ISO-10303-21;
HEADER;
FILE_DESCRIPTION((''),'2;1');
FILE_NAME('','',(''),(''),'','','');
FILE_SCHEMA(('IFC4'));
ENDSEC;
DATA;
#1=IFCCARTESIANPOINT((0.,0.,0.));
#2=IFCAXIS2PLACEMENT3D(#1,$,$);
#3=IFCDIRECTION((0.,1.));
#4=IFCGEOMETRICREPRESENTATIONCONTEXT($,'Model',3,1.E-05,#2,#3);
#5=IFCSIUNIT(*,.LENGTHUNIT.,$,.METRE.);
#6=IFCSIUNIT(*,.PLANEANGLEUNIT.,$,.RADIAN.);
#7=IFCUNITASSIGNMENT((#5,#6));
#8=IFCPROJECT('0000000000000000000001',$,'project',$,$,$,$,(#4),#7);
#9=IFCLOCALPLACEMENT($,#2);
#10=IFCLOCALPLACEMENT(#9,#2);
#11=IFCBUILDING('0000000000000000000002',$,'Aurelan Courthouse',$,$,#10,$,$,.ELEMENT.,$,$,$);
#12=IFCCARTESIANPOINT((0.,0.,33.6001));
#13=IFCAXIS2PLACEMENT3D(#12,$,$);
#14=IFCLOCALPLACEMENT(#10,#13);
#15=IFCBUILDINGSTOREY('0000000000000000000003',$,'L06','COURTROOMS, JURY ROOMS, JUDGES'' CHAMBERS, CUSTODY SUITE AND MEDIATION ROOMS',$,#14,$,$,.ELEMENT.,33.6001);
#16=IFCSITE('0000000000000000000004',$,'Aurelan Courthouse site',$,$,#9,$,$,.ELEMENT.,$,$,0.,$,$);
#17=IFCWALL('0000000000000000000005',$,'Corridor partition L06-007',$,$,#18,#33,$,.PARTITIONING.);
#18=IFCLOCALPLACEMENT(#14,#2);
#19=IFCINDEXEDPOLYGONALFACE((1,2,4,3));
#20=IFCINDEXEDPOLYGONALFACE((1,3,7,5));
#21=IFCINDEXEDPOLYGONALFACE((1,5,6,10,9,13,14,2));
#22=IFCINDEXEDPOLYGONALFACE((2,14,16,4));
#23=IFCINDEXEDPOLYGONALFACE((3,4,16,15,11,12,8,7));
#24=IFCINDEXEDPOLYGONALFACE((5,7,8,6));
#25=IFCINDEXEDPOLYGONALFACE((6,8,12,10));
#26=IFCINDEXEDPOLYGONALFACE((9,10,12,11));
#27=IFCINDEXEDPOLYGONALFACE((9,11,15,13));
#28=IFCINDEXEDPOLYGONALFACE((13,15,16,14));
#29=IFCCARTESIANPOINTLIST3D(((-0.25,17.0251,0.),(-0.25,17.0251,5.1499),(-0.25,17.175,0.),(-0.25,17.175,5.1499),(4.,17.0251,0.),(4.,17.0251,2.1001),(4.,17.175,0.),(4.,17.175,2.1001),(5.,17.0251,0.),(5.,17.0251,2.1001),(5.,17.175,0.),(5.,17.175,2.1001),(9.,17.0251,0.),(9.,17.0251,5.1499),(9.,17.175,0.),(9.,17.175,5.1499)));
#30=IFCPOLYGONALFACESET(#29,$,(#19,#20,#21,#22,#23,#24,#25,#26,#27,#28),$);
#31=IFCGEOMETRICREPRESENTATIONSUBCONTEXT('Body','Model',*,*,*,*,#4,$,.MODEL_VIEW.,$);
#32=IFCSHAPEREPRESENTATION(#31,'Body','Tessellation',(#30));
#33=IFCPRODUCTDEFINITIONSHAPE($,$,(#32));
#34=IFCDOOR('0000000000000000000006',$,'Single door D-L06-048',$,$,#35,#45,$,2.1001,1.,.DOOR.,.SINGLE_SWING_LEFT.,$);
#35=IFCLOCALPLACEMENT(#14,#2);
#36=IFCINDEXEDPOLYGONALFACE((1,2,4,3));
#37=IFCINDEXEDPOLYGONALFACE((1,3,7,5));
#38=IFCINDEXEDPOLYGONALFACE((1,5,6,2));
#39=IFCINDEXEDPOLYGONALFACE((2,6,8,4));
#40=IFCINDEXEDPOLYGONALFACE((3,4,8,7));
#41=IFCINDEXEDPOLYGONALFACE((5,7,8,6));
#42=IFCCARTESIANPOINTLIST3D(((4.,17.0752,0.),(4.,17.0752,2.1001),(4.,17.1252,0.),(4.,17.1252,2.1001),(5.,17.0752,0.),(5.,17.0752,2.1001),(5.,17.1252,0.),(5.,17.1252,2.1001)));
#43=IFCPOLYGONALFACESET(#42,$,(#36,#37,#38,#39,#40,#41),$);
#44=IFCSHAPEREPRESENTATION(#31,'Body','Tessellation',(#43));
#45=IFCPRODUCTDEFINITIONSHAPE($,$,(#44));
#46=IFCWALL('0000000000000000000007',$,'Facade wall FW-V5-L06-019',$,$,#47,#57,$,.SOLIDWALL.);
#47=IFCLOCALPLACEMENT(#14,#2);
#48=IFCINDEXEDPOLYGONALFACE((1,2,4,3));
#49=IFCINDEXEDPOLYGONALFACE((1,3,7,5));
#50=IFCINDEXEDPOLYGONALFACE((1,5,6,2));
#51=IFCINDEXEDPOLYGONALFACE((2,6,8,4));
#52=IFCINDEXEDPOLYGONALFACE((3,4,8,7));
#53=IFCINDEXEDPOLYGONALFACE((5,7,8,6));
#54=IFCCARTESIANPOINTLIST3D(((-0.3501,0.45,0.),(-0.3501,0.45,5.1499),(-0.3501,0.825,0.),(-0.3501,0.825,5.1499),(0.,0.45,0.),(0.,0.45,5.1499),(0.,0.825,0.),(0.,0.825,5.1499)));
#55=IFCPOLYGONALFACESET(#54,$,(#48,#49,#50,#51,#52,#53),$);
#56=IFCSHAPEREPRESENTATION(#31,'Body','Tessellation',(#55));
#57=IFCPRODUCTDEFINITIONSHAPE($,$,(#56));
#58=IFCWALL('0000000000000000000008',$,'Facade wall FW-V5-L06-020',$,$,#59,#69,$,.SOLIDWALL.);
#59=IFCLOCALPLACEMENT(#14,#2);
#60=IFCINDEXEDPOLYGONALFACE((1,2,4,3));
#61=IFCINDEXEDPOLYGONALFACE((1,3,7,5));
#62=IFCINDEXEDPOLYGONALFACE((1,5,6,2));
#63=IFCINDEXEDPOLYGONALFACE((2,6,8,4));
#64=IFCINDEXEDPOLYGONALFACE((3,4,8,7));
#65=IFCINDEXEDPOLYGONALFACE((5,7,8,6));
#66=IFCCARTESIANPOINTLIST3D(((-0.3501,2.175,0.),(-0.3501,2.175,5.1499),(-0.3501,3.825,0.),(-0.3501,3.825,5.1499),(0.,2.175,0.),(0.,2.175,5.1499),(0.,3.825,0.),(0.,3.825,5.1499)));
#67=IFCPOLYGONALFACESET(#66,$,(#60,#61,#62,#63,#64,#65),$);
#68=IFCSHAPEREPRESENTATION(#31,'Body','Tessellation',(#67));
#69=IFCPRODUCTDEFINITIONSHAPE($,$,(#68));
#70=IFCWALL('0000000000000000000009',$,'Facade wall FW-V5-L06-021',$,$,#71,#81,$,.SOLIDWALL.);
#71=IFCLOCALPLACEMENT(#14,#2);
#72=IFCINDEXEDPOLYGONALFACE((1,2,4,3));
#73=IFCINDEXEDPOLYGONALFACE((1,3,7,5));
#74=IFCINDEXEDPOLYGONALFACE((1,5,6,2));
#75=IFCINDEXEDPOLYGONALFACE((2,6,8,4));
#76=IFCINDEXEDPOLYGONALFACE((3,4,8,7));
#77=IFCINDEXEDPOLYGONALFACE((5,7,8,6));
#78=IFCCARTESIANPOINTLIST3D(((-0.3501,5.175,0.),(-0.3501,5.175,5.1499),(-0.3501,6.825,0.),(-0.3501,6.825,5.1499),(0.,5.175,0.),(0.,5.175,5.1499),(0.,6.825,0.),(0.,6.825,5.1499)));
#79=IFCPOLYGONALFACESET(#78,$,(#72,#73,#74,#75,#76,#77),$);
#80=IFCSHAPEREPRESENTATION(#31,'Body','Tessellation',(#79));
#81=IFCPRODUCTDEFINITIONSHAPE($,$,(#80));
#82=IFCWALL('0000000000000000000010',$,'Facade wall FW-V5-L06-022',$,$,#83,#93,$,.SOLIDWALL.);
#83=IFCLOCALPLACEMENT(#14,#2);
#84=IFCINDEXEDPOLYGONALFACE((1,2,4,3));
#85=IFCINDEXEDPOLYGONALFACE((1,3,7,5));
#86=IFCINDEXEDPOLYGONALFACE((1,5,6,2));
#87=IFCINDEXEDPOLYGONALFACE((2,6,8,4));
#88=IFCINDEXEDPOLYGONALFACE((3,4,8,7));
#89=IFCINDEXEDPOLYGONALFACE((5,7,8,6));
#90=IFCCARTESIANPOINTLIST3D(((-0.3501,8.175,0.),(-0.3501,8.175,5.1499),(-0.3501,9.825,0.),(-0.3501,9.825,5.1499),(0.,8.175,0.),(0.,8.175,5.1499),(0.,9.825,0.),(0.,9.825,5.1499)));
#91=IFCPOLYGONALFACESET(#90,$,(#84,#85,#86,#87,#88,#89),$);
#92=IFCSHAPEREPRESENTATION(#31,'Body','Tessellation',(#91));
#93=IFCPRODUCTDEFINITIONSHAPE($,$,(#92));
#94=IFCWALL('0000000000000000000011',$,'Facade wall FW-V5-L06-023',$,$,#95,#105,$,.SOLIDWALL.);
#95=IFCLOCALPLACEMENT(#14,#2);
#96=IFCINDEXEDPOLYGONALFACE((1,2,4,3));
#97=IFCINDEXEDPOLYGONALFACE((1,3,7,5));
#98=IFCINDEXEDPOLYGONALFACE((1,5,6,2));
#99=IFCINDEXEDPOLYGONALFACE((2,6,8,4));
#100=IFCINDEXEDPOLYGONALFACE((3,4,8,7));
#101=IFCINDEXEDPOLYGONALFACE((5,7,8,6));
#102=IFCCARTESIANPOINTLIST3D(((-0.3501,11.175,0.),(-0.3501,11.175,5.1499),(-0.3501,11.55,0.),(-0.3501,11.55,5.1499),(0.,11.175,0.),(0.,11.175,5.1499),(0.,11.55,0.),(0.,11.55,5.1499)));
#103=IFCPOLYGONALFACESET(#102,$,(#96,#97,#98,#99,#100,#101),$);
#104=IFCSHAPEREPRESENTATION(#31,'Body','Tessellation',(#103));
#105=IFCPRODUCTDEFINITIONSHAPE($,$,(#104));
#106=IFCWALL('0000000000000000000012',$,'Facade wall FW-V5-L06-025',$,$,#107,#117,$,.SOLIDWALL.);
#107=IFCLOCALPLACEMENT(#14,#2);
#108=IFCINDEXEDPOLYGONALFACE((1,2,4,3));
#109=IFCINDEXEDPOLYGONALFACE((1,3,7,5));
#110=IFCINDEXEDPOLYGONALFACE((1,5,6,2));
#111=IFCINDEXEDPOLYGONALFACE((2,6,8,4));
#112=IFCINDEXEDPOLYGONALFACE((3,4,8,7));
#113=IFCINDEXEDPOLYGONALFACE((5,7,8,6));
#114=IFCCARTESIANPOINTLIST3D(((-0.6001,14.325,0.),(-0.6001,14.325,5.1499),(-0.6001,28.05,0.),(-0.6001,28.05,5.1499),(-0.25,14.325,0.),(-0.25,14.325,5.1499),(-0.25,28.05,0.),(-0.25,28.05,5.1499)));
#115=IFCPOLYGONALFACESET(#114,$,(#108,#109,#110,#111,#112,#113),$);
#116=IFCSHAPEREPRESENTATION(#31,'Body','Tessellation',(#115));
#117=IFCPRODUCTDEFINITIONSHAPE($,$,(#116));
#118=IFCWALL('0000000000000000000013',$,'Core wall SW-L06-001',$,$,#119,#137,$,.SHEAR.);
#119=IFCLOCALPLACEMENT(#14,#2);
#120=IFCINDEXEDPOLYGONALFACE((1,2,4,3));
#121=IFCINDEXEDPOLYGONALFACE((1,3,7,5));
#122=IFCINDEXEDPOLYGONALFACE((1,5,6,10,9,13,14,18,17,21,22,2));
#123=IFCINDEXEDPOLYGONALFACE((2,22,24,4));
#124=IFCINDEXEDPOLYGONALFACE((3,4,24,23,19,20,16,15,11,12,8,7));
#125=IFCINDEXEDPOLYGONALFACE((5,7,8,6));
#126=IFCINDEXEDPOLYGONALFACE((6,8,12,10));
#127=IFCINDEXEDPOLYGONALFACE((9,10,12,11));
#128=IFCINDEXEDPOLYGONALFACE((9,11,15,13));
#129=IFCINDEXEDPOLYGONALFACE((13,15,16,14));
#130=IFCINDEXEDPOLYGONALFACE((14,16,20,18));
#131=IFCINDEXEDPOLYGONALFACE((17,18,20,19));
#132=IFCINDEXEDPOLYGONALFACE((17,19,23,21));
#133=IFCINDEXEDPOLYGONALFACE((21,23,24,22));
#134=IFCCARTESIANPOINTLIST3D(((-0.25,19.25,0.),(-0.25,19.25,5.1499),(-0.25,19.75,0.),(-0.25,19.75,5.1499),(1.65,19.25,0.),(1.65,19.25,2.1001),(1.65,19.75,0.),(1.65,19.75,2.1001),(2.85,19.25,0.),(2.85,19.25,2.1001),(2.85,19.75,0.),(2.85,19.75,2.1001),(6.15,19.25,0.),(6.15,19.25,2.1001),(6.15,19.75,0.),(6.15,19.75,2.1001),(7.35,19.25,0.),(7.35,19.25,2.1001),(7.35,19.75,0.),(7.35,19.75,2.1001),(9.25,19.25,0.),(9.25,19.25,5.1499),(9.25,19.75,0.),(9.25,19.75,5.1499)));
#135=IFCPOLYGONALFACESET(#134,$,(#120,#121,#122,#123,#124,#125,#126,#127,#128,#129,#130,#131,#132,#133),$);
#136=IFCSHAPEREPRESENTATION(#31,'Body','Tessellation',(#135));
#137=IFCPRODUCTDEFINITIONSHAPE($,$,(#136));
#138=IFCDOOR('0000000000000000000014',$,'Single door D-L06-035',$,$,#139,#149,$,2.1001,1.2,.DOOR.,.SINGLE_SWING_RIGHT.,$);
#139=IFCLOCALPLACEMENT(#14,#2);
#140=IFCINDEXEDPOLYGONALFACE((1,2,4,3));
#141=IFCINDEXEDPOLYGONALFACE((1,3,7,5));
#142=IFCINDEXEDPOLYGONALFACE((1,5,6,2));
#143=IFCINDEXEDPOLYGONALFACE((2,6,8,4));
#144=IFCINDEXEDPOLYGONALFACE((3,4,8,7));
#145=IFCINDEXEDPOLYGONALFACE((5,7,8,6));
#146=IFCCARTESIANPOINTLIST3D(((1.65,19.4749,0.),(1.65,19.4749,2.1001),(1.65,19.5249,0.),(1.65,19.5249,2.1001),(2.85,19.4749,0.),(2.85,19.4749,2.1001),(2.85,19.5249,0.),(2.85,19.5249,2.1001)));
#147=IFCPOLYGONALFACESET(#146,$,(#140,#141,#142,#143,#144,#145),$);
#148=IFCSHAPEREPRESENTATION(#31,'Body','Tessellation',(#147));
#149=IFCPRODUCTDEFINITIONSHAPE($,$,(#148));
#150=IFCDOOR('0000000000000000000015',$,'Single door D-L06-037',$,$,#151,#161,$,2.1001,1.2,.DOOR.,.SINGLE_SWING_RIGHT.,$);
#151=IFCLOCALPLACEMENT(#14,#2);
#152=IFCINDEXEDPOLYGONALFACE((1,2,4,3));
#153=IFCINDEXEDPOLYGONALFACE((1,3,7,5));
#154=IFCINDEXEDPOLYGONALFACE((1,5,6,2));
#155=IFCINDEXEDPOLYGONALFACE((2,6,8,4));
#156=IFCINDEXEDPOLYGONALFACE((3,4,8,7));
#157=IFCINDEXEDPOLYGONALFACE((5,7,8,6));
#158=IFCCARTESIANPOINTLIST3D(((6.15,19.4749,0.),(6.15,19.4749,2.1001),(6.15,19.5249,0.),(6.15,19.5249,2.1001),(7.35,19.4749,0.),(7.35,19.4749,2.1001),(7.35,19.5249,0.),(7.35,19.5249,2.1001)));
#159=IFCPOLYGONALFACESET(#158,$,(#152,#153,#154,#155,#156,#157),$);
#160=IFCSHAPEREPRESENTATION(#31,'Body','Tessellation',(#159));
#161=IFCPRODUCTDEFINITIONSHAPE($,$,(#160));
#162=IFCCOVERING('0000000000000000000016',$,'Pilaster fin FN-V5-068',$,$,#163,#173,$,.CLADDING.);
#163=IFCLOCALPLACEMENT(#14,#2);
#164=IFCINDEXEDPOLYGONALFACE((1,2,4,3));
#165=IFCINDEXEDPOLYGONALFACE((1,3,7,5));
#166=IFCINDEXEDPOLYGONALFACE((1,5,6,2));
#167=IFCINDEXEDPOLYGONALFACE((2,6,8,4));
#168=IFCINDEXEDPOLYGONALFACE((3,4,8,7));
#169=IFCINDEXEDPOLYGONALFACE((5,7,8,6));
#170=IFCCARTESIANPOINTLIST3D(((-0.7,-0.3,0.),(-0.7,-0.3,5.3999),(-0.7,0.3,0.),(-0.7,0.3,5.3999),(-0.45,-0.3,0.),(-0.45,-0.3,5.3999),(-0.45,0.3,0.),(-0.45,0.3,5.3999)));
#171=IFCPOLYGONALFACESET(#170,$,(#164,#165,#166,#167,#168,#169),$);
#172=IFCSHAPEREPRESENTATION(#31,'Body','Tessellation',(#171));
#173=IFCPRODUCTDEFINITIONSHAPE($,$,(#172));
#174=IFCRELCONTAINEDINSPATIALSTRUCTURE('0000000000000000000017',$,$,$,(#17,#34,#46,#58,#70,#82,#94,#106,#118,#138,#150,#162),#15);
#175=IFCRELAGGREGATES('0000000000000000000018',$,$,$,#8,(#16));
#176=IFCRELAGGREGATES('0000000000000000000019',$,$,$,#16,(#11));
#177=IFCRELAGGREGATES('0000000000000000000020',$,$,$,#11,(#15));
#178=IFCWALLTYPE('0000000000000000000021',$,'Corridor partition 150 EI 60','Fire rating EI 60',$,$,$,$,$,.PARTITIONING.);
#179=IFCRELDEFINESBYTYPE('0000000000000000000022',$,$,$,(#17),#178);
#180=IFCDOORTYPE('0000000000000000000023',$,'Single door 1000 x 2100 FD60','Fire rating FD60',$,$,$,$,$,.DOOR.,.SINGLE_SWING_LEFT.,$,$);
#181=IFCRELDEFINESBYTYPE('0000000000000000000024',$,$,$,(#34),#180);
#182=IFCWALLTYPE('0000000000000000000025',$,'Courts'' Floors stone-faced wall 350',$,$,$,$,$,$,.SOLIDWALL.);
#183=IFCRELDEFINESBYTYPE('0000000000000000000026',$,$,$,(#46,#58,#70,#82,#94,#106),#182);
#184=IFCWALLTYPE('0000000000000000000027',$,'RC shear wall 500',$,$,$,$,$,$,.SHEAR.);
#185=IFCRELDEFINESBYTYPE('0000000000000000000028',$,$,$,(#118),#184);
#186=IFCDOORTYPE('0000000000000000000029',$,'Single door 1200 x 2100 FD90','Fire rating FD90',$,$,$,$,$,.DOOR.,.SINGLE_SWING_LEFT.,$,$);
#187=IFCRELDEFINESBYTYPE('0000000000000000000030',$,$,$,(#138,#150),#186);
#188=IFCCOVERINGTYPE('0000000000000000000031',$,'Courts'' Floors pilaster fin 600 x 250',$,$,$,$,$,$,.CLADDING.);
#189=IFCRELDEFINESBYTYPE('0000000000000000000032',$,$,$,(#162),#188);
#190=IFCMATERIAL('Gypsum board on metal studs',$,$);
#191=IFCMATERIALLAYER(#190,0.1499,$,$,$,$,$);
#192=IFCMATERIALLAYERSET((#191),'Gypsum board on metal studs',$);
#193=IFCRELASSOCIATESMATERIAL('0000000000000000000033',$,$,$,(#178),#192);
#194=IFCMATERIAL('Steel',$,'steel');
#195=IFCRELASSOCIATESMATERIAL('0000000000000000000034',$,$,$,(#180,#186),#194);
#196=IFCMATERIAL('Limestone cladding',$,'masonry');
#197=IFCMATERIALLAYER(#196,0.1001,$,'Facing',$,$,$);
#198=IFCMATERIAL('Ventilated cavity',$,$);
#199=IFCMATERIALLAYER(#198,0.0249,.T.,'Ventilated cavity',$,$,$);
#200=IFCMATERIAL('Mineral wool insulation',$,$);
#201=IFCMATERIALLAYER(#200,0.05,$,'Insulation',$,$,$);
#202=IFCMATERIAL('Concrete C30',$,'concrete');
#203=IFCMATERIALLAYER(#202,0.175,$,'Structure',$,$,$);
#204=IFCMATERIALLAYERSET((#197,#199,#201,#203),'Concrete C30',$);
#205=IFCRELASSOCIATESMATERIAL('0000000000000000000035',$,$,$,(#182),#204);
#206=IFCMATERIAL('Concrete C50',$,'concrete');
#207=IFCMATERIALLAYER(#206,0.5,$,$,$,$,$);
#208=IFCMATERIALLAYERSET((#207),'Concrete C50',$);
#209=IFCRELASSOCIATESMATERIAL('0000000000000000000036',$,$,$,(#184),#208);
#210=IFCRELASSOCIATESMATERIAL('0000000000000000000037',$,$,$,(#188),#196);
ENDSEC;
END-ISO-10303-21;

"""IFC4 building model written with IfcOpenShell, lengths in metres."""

from ifc_helpers import new_model, si_unit, direction, frame, frame_2d, origin, origin_2d, place, context, subcontext, project, spatial, rectangle, extrude, material, layer, layer_set, type_object, element, fill, save


model = new_model("IFC4")

# Units and contexts
model_context = context("Model", 3, precision=1e-05, world=origin(), true_north=direction((0.0, 1.0)))
body_context = subcontext(model_context, "Body", "Model", "MODEL_VIEW")
ifc_project = project(units=[si_unit("LENGTHUNIT", "METRE"), si_unit("PLANEANGLEUNIT", "RADIAN")], contexts=[model_context])

# Site, building, storey
site_placement = place(None, origin())
site = spatial("IfcSite", under=ifc_project, at=site_placement, Name="Aurelan Courthouse site", CompositionType="ELEMENT", RefElevation=0.0)
building_placement = place(site_placement, origin())
building = spatial("IfcBuilding", under=site, at=building_placement, Name="Aurelan Courthouse", CompositionType="ELEMENT")
storey_placement = place(building_placement, frame((0.0, 0.0, 33.6001)))
storey = spatial("IfcBuildingStorey", under=building, at=storey_placement, Name="L06", Description="COURTROOMS, JURY ROOMS, JUDGES' CHAMBERS, CUSTODY SUITE AND MEDIATION ROOMS", CompositionType="ELEMENT", Elevation=33.6001)

# Shared definitions
ifc_material_1 = material(Name="Concrete C50", Category="concrete")

# Shared definitions
ifc_material_2 = material(Name="Concrete C30", Category="concrete")

# Wall, opening, door
ifc_material_3 = material(Name="Gypsum board on metal studs")
ifc_layer_1 = layer(ifc_material_3, 0.1499)
ifc_layer_set_1 = layer_set([ifc_layer_1], Name="Gypsum board on metal studs")
wall_type_1 = type_object("IfcWallType", Name="Corridor partition 150 EI 60", Description="Fire rating EI 60", PredefinedType="PARTITIONING", material=ifc_layer_set_1)
wall_1_placement = place(storey_placement, frame((-0.25, 17.1001, 0.0), z_axis=(0.0, 0.0, 1.0), x_axis=(1.0, 0.0, 0.0)))
wall_1 = element("IfcWall", 1, at=wall_1_placement, inside=storey, type_object=wall_type_1, Name="Corridor partition L06-007", PredefinedType="PARTITIONING", context=body_context, shape_type="SweptSolid", body=[
    extrude(rectangle(XDim=9.25, YDim=0.1499, at=frame_2d((4.625, 0.0))), origin(), (0.0, 0.0, 1.0), 5.1499),
])
opening_1_placement = place(wall_1_placement, frame((5.25, 0.0, 0.0), z_axis=(0.0, 0.0, 1.0), x_axis=(-1.0, 0.0, 0.0)))
opening_1 = element("IfcOpeningElement", 2, at=opening_1_placement, cuts=wall_1, PredefinedType="OPENING", context=body_context, shape_type="SweptSolid", body=[
    extrude(rectangle(XDim=1.0, YDim=2.1001, at=frame_2d((0.5, 1.05))), frame((0.0, 0.085, 0.0), z_axis=(0.0, -1.0, 0.0), x_axis=(1.0, 0.0, 0.0)), (0.0, 0.0, 1.0), 0.1699),
])
ifc_material_4 = material(Name="Steel", Category="steel")
door_type_1 = type_object("IfcDoorType", Name="Single door 1000 x 2100 FD60", Description="Fire rating FD60", OperationType="SINGLE_SWING_LEFT", PredefinedType="DOOR", material=ifc_material_4)
door_1_placement = place(opening_1_placement, origin())
door_1 = element("IfcDoor", 3, at=door_1_placement, inside=storey, type_object=door_type_1, Name="Single door D-L06-048", OperationType="SINGLE_SWING_LEFT", OverallHeight=2.1001, OverallWidth=1.0, PredefinedType="DOOR", context=body_context, shape_type="SweptSolid", body=[
    extrude(rectangle(XDim=1.0, YDim=2.1001, at=frame_2d((0.5, 1.05))), frame((0.0, 0.0249, 0.0), z_axis=(0.0, -1.0, 0.0), x_axis=(1.0, 0.0, 0.0)), (0.0, 0.0, 1.0), 0.05),
])
fill(opening_1, door_1)

# Walls
ifc_material_5 = material(Name="Limestone cladding", Category="masonry")
ifc_layer_2 = layer(ifc_material_5, 0.1001, Name="Facing")
ifc_material_6 = material(Name="Ventilated cavity")
ifc_layer_3 = layer(ifc_material_6, 0.0249, ventilated=True, Name="Ventilated cavity")
ifc_material_7 = material(Name="Mineral wool insulation")
ifc_layer_4 = layer(ifc_material_7, 0.05, Name="Insulation")
ifc_layer_5 = layer(ifc_material_2, 0.175, Name="Structure")
ifc_layer_set_2 = layer_set([ifc_layer_2, ifc_layer_3, ifc_layer_4, ifc_layer_5], Name="Concrete C30")
wall_type_2 = type_object("IfcWallType", Name="Courts' Floors stone-faced wall 350", PredefinedType="SOLIDWALL", material=ifc_layer_set_2)
wall_2_placement = place(storey_placement, frame((-0.175, 0.45, 0.0), z_axis=(0.0, 0.0, 1.0), x_axis=(0.0, 1.0, 0.0)))
element("IfcWall", 4, at=wall_2_placement, inside=storey, type_object=wall_type_2, Name="Facade wall FW-V5-L06-019", PredefinedType="SOLIDWALL", context=body_context, shape_type="SweptSolid", body=[
    extrude(rectangle(XDim=0.375, YDim=0.3501, at=frame_2d((0.1875, 0.0))), origin(), (0.0, 0.0, 1.0), 5.1499),
])
for number, where, z_axis, x_axis, name in (
    (5, (-0.175, 2.175, 0.0), (0.0, 0.0, 1.0), (0.0, 1.0, 0.0), "Facade wall FW-V5-L06-020"),
    (6, (-0.175, 5.175, 0.0), (0.0, 0.0, 1.0), (0.0, 1.0, 0.0), "Facade wall FW-V5-L06-021"),
    (7, (-0.175, 8.175, 0.0), (0.0, 0.0, 1.0), (0.0, 1.0, 0.0), "Facade wall FW-V5-L06-022"),
):
    element("IfcWall", number, at=place(storey_placement, frame(where, z_axis=z_axis, x_axis=x_axis)), inside=storey, type_object=wall_type_2, Name=name, PredefinedType="SOLIDWALL", context=body_context, shape_type="SweptSolid", body=[
        extrude(rectangle(XDim=1.6499, YDim=0.3501, at=frame_2d((0.825, 0.0))), origin(), (0.0, 0.0, 1.0), 5.1499),
    ])
wall_3_placement = place(storey_placement, frame((-0.175, 11.175, 0.0), z_axis=(0.0, 0.0, 1.0), x_axis=(0.0, 1.0, 0.0)))
element("IfcWall", 8, at=wall_3_placement, inside=storey, type_object=wall_type_2, Name="Facade wall FW-V5-L06-023", PredefinedType="SOLIDWALL", context=body_context, shape_type="SweptSolid", body=[
    extrude(rectangle(XDim=0.375, YDim=0.3501, at=frame_2d((0.1875, 0.0))), origin(), (0.0, 0.0, 1.0), 5.1499),
])
wall_4_placement = place(storey_placement, frame((-0.425, 14.325, 0.0), z_axis=(0.0, 0.0, 1.0), x_axis=(0.0, 1.0, 0.0)))
element("IfcWall", 9, at=wall_4_placement, inside=storey, type_object=wall_type_2, Name="Facade wall FW-V5-L06-025", PredefinedType="SOLIDWALL", context=body_context, shape_type="SweptSolid", body=[
    extrude(rectangle(XDim=13.7251, YDim=0.3501, at=frame_2d((6.8625, 0.0))), origin(), (0.0, 0.0, 1.0), 5.1499),
])

# Wall, openings, doors
ifc_layer_6 = layer(ifc_material_1, 0.5)
ifc_layer_set_3 = layer_set([ifc_layer_6], Name="Concrete C50")
wall_type_3 = type_object("IfcWallType", Name="RC shear wall 500", PredefinedType="SHEAR", material=ifc_layer_set_3)
wall_5_placement = place(storey_placement, frame((-0.25, 19.5, 0.0), z_axis=(0.0, 0.0, 1.0), x_axis=(1.0, 0.0, 0.0)))
wall_5 = element("IfcWall", 10, at=wall_5_placement, inside=storey, type_object=wall_type_3, Name="Core wall SW-L06-001", PredefinedType="SHEAR", context=body_context, shape_type="SweptSolid", body=[
    extrude(rectangle(XDim=9.5, YDim=0.5, at=frame_2d((4.75, 0.0))), origin(), (0.0, 0.0, 1.0), 5.1499),
])
opening_2_placement = place(wall_5_placement, frame((1.8999, 0.0, 0.0)))
opening_2 = element("IfcOpeningElement", 11, at=opening_2_placement, cuts=wall_5, PredefinedType="OPENING", context=body_context, shape_type="SweptSolid", body=[
    extrude(rectangle(XDim=1.2, YDim=2.1001, at=frame_2d((0.6001, 1.05))), frame((0.0, 0.26, 0.0), z_axis=(0.0, -1.0, 0.0), x_axis=(1.0, 0.0, 0.0)), (0.0, 0.0, 1.0), 0.52),
])
opening_3_placement = place(wall_5_placement, frame((6.3999, 0.0, 0.0)))
opening_3 = element("IfcOpeningElement", 12, at=opening_3_placement, cuts=wall_5, PredefinedType="OPENING", context=body_context, shape_type="SweptSolid", body=[
    extrude(rectangle(XDim=1.2, YDim=2.1001, at=frame_2d((0.6001, 1.05))), frame((0.0, 0.26, 0.0), z_axis=(0.0, -1.0, 0.0), x_axis=(1.0, 0.0, 0.0)), (0.0, 0.0, 1.0), 0.52),
])
door_type_2 = type_object("IfcDoorType", Name="Single door 1200 x 2100 FD90", Description="Fire rating FD90", OperationType="SINGLE_SWING_LEFT", PredefinedType="DOOR", material=ifc_material_4)
door_2_placement = place(opening_2_placement, origin())
door_2 = element("IfcDoor", 13, at=door_2_placement, inside=storey, type_object=door_type_2, Name="Single door D-L06-035", OperationType="SINGLE_SWING_RIGHT", OverallHeight=2.1001, OverallWidth=1.2, PredefinedType="DOOR", context=body_context, shape_type="SweptSolid", body=[
    extrude(rectangle(XDim=1.2, YDim=2.1001, at=frame_2d((0.6001, 1.05))), frame((0.0, 0.0249, 0.0), z_axis=(0.0, -1.0, 0.0), x_axis=(1.0, 0.0, 0.0)), (0.0, 0.0, 1.0), 0.05),
])
fill(opening_2, door_2)
door_3_placement = place(opening_3_placement, origin())
door_3 = element("IfcDoor", 14, at=door_3_placement, inside=storey, type_object=door_type_2, Name="Single door D-L06-037", OperationType="SINGLE_SWING_RIGHT", OverallHeight=2.1001, OverallWidth=1.2, PredefinedType="DOOR", context=body_context, shape_type="SweptSolid", body=[
    extrude(rectangle(XDim=1.2, YDim=2.1001, at=frame_2d((0.6001, 1.05))), frame((0.0, 0.0249, 0.0), z_axis=(0.0, -1.0, 0.0), x_axis=(1.0, 0.0, 0.0)), (0.0, 0.0, 1.0), 0.05),
])
fill(opening_3, door_3)

# Covering
covering_type = type_object("IfcCoveringType", Name="Courts' Floors pilaster fin 600 x 250", PredefinedType="CLADDING", material=ifc_material_5)
for number, where, z_axis, x_axis, name in (
    (15, (-0.575, 0.0, 0.0), (0.0, 0.0, 1.0), (1.0, 0.0, 0.0), "Pilaster fin FN-V5-068"),
):
    element("IfcCovering", number, at=place(storey_placement, frame(where, z_axis=z_axis, x_axis=x_axis)), inside=storey, type_object=covering_type, Name=name, PredefinedType="CLADDING", context=body_context, shape_type="SweptSolid", body=[
        extrude(rectangle(XDim=0.25, YDim=0.6001, at=origin_2d()), origin(), (0.0, 0.0, 1.0), 5.3999),
    ])

save(model, "model.ifc")
